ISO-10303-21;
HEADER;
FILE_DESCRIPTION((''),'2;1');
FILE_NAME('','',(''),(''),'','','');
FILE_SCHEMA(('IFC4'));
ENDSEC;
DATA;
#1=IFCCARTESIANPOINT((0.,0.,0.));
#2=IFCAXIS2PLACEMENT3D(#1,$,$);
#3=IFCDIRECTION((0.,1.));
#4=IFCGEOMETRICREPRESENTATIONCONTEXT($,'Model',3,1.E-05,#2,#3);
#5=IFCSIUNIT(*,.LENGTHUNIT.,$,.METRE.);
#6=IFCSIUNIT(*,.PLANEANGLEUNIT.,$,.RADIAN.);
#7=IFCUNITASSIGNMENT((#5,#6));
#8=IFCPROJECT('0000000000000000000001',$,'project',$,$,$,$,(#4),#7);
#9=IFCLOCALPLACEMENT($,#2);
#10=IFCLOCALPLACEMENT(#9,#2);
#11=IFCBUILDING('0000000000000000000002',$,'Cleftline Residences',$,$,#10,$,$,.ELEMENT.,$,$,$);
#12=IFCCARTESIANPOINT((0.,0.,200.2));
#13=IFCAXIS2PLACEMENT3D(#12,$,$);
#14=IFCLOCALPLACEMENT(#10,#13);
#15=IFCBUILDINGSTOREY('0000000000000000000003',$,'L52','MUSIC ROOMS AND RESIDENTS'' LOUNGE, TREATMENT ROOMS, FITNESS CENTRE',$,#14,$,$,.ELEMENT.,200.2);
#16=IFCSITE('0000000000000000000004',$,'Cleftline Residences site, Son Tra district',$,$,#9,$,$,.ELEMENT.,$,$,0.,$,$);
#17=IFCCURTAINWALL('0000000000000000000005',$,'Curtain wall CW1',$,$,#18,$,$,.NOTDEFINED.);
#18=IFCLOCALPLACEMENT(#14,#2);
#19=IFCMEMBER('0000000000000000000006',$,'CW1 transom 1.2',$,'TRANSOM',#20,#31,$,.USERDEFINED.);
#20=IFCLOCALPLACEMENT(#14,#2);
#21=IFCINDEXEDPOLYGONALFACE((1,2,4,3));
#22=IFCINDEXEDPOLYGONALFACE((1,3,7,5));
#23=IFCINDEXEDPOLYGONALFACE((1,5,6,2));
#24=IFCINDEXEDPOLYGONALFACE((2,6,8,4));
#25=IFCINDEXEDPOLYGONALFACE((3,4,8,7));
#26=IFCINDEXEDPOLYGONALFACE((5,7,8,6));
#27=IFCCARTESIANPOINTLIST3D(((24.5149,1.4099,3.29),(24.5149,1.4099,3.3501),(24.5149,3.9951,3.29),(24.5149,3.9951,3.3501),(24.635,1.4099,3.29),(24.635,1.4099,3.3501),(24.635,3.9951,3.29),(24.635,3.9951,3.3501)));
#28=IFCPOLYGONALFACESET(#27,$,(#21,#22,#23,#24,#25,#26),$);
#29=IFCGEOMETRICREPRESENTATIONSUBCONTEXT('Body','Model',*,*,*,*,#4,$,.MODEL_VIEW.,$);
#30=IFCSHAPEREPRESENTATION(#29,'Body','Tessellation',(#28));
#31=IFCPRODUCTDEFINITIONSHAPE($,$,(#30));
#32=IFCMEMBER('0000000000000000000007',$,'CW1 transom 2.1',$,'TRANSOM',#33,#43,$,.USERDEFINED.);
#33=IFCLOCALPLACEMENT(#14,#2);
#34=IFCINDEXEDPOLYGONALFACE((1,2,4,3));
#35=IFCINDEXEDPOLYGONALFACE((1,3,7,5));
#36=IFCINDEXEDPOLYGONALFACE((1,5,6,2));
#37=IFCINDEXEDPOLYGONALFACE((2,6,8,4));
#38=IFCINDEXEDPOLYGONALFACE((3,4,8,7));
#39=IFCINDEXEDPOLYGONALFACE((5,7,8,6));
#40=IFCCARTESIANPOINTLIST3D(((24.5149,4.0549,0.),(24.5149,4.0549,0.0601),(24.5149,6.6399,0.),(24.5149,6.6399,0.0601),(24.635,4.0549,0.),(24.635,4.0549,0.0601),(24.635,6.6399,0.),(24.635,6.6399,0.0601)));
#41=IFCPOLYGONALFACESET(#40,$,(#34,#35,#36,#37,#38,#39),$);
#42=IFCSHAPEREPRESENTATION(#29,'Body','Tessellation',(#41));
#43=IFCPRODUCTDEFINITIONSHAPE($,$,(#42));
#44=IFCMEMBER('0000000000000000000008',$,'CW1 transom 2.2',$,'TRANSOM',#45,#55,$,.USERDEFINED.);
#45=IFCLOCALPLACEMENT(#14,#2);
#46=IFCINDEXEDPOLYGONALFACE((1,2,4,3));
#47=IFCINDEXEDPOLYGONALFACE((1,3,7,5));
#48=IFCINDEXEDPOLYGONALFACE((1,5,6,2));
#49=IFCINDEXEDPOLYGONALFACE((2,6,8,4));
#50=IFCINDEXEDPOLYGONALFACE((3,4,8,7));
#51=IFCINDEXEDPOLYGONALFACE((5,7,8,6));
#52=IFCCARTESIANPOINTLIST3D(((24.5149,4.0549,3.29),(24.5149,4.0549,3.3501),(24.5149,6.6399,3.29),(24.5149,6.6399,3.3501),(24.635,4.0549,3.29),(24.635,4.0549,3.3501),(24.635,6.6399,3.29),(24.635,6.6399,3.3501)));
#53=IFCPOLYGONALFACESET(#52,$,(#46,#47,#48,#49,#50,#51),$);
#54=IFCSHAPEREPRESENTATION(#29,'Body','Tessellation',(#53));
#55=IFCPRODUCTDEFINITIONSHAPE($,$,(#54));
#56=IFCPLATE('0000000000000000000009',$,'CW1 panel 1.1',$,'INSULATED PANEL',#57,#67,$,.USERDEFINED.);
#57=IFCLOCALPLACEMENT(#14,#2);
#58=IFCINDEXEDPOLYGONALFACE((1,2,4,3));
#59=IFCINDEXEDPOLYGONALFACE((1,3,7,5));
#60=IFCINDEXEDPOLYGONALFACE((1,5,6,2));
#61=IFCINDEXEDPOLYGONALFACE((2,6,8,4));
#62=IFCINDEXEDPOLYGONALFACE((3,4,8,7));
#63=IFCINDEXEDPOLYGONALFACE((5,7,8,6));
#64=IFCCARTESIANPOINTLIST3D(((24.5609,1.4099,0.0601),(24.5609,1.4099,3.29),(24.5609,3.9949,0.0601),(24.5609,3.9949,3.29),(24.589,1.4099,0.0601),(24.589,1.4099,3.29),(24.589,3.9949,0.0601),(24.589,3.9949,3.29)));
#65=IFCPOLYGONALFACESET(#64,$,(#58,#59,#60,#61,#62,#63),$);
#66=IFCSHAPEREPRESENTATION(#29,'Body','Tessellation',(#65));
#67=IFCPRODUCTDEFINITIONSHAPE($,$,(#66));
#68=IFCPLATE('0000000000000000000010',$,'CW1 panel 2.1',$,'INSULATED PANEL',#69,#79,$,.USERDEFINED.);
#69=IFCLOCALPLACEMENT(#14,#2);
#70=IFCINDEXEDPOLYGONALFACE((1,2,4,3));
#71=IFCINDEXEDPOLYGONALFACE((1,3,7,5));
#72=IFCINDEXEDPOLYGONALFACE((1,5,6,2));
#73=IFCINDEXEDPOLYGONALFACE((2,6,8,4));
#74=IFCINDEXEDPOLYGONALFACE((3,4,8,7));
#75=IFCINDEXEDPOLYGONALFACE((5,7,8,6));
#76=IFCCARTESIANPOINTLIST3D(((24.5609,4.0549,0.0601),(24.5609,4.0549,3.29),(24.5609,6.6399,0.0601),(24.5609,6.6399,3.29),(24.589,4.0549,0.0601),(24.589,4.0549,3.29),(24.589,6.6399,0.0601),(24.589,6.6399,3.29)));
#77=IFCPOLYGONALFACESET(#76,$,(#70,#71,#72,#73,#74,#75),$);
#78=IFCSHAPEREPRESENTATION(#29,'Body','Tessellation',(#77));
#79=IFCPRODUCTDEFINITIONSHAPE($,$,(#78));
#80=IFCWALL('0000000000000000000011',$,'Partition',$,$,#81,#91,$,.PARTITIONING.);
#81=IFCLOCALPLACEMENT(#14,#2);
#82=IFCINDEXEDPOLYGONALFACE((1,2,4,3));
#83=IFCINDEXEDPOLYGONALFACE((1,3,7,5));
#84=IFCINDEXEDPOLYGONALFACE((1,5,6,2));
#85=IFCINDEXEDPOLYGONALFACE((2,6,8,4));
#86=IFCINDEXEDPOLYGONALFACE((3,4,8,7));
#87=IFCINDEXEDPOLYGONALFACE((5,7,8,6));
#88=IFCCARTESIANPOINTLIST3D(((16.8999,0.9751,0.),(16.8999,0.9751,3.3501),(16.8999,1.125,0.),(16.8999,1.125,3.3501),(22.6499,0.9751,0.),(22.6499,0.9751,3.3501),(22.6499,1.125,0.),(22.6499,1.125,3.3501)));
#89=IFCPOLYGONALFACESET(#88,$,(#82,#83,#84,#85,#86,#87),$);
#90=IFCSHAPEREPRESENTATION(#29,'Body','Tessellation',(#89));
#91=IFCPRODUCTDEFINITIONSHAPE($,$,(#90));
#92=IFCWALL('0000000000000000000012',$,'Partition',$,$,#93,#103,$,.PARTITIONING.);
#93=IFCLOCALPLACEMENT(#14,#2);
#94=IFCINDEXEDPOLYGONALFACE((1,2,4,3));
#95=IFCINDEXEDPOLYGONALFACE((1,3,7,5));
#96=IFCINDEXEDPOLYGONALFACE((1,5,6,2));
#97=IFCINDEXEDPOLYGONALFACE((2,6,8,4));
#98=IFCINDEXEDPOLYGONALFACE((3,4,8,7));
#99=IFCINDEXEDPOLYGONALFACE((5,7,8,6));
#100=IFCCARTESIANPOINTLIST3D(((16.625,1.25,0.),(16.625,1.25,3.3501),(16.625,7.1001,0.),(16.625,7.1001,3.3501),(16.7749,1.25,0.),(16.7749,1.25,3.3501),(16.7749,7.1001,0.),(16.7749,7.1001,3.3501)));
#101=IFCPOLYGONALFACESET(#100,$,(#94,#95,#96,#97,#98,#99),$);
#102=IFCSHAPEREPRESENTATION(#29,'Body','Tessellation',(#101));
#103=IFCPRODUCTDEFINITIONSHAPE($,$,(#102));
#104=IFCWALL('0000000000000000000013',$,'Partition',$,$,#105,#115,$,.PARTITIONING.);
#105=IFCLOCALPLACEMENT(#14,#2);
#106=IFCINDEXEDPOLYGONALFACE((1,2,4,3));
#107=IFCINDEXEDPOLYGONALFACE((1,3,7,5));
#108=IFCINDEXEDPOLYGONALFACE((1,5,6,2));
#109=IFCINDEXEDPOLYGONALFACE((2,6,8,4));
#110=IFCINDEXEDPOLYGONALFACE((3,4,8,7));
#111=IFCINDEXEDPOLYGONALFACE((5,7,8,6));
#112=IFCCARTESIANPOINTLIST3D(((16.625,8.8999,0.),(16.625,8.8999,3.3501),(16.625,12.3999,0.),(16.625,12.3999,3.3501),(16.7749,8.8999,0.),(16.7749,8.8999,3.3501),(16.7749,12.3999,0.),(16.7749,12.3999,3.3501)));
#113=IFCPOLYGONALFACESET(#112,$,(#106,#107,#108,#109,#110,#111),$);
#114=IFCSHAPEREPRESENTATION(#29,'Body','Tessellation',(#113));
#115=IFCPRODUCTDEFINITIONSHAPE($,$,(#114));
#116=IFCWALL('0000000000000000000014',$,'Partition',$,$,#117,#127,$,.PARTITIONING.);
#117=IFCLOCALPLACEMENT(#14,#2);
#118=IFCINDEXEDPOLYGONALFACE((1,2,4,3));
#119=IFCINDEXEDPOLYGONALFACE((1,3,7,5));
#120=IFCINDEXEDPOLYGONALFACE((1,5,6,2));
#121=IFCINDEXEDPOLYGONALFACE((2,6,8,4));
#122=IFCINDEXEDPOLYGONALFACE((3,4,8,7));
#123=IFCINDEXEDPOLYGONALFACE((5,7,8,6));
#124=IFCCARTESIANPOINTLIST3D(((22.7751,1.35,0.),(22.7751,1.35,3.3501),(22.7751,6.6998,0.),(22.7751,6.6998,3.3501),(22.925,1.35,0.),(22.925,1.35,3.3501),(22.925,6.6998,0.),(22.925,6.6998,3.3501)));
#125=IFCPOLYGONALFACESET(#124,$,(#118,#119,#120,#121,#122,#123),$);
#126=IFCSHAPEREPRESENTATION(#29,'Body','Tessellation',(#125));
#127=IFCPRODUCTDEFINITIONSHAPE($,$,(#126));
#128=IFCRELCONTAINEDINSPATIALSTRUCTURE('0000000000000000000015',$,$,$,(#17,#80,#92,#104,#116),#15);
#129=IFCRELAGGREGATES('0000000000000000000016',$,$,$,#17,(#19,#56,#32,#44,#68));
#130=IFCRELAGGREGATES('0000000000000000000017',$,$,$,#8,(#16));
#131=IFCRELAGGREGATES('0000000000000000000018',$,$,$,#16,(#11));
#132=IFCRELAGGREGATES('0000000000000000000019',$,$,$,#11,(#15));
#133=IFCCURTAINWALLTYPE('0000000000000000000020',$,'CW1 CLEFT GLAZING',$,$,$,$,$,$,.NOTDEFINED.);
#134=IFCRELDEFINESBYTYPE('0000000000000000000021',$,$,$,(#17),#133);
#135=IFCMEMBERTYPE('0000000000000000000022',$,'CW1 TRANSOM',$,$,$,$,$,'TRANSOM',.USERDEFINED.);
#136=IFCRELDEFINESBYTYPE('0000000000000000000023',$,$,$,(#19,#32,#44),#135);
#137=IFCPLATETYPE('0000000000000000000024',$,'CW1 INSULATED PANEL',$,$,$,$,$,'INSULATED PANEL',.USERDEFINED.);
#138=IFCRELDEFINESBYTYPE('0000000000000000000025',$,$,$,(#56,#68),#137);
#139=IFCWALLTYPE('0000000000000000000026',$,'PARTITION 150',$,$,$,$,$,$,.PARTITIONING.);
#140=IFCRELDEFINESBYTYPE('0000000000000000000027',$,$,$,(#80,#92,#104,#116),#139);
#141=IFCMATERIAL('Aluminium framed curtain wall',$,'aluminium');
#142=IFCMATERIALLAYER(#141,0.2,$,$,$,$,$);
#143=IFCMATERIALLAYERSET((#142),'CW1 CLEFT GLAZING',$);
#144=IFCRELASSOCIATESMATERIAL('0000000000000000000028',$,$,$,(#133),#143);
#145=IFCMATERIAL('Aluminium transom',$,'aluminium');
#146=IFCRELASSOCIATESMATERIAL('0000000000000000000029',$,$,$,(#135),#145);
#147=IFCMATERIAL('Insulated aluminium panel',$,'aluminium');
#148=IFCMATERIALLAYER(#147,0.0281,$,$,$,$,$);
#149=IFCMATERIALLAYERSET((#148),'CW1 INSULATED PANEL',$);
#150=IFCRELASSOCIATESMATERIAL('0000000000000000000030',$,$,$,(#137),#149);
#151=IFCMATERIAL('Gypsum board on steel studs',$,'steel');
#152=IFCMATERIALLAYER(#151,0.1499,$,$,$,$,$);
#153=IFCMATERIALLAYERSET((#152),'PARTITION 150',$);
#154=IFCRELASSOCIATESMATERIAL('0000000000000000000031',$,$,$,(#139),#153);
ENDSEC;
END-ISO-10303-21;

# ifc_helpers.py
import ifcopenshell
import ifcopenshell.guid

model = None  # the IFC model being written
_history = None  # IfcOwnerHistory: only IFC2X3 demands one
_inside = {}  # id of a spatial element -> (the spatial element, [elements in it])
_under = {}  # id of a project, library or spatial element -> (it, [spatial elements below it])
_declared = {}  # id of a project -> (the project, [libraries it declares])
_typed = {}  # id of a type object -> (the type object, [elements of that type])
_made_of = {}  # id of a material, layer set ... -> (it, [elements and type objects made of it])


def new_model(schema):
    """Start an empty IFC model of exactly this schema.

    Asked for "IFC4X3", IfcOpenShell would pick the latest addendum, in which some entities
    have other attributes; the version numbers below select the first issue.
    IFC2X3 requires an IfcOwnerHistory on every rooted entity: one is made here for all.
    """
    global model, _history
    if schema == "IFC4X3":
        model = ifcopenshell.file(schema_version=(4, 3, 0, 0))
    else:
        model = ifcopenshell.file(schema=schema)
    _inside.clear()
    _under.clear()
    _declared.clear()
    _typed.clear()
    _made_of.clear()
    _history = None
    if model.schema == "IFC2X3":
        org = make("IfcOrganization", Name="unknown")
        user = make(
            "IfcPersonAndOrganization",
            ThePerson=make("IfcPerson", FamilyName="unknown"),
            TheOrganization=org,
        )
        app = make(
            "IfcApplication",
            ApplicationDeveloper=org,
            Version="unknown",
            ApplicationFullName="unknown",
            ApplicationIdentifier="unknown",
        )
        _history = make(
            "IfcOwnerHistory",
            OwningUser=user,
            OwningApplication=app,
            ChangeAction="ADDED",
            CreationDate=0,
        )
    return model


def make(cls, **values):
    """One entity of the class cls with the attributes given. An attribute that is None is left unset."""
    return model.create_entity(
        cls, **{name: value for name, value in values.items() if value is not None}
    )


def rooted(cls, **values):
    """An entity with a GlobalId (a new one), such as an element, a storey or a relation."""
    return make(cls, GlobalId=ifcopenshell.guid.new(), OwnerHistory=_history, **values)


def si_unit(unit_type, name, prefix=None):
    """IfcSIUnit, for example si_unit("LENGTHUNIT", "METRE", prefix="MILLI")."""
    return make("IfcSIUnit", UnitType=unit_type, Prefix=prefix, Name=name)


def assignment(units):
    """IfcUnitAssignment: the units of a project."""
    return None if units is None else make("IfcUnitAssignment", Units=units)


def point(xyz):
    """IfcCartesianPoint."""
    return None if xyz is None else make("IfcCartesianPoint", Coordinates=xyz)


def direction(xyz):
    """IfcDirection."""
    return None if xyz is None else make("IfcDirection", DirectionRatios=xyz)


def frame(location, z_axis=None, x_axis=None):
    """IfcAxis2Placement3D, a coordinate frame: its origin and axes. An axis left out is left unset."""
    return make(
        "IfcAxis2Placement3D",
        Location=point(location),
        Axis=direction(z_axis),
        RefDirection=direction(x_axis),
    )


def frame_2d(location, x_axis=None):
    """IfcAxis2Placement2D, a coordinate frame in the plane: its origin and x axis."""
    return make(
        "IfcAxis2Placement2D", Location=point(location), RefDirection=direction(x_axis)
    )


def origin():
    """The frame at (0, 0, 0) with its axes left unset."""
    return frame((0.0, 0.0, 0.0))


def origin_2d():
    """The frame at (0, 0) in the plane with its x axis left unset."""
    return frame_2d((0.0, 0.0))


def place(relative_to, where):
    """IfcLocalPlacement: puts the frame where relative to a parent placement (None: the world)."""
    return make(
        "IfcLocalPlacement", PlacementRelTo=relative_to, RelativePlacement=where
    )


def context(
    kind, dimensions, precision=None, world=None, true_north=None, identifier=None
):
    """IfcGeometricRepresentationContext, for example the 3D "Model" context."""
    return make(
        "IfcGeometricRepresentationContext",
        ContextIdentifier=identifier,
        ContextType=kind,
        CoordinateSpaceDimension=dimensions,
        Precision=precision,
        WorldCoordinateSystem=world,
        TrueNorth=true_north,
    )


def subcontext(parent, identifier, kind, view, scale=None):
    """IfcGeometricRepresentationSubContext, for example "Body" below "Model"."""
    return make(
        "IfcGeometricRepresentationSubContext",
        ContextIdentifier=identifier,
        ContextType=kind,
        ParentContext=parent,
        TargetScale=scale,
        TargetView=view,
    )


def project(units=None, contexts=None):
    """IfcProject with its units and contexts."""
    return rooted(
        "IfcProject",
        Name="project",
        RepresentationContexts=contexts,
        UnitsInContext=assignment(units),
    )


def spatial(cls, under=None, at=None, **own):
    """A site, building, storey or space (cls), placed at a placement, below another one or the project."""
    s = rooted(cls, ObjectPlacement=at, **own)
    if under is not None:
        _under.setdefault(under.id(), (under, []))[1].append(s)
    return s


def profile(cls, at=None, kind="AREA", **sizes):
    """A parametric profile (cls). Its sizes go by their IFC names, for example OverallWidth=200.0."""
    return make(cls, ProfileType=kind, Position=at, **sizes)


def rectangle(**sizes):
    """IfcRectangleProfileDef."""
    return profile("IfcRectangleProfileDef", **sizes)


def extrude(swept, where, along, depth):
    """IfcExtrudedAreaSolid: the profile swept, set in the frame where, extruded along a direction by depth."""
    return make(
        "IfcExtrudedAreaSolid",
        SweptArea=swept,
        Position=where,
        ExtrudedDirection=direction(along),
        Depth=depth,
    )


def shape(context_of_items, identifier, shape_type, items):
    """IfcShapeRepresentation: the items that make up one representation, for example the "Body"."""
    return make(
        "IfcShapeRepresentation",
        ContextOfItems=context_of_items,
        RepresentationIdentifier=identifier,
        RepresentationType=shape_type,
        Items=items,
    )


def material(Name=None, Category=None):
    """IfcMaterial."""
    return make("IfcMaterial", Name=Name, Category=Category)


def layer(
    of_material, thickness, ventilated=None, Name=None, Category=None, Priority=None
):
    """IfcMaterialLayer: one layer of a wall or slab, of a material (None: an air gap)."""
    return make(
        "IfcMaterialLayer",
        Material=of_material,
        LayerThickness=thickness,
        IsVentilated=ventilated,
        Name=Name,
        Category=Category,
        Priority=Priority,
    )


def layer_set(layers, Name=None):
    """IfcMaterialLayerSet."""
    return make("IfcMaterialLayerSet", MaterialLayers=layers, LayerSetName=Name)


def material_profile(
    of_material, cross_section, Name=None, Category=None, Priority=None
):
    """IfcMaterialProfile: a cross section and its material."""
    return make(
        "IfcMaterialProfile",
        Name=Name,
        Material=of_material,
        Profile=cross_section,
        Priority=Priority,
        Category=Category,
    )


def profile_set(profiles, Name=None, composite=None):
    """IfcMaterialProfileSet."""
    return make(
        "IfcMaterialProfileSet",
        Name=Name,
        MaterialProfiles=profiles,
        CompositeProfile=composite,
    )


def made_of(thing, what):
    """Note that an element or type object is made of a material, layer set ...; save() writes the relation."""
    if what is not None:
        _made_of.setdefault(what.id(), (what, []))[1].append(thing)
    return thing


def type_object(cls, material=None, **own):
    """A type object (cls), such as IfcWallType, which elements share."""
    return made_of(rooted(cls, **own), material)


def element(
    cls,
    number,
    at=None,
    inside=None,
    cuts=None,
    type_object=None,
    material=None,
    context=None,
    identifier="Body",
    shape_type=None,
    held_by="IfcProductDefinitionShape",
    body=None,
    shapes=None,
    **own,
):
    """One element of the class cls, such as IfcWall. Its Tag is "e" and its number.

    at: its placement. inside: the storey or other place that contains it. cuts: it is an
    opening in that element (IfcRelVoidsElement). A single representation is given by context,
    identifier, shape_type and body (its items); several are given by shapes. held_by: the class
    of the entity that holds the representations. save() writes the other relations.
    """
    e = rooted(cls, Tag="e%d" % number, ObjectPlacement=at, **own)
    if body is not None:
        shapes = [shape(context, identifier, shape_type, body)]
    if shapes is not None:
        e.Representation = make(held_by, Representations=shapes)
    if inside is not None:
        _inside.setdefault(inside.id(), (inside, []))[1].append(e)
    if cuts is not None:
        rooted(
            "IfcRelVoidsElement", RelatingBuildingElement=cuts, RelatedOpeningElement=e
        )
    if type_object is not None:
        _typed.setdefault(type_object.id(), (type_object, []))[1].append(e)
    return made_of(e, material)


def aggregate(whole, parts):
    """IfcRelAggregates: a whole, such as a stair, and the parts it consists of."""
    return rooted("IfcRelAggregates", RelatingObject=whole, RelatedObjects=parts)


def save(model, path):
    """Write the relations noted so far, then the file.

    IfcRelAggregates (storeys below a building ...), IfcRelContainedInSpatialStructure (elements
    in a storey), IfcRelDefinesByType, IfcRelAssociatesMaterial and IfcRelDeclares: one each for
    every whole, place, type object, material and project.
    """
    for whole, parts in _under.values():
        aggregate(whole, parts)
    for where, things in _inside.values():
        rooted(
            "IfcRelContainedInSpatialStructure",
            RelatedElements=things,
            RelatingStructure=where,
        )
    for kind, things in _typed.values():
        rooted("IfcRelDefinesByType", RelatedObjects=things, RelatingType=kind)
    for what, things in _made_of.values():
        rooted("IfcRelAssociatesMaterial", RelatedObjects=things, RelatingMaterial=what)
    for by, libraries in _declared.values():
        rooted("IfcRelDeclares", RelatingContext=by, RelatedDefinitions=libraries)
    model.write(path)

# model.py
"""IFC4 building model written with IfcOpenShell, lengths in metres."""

from ifc_helpers import new_model, si_unit, direction, frame, frame_2d, origin, origin_2d, place, context, subcontext, project, spatial, rectangle, extrude, material, layer, layer_set, material_profile, profile_set, type_object, element, aggregate, save


model = new_model("IFC4")

# Units and contexts
model_context = context("Model", 3, precision=1e-05, world=origin(), true_north=direction((0.0, 1.0)))
body_context = subcontext(model_context, "Body", "Model", "MODEL_VIEW")
ifc_project = project(units=[si_unit("LENGTHUNIT", "METRE"), si_unit("PLANEANGLEUNIT", "RADIAN")], contexts=[model_context])

# Site, building, storey
site_placement = place(None, origin())
site = spatial("IfcSite", under=ifc_project, at=site_placement, Name="Cleftline Residences site, Son Tra district", CompositionType="ELEMENT", RefElevation=0.0)
building_placement = place(site_placement, origin())
building = spatial("IfcBuilding", under=site, at=building_placement, Name="Cleftline Residences", CompositionType="ELEMENT")
storey_placement = place(building_placement, frame((0.0, 0.0, 200.2)))
storey = spatial("IfcBuildingStorey", under=building, at=storey_placement, Name="L52", Description="MUSIC ROOMS AND RESIDENTS' LOUNGE, TREATMENT ROOMS, FITNESS CENTRE", CompositionType="ELEMENT", Elevation=200.2)

# Curtain wall, members, plates
ifc_material_1 = material(Name="Aluminium framed curtain wall", Category="aluminium")
ifc_layer_1 = layer(ifc_material_1, 0.2)
ifc_layer_set_1 = layer_set([ifc_layer_1], Name="CW1 CLEFT GLAZING")
curtain_wall_type = type_object("IfcCurtainWallType", Name="CW1 CLEFT GLAZING", PredefinedType="NOTDEFINED", material=ifc_layer_set_1)
curtain_wall_placement = place(storey_placement, origin())
curtain_wall = element("IfcCurtainWall", 1, at=curtain_wall_placement, inside=storey, type_object=curtain_wall_type, Name="Curtain wall CW1", PredefinedType="NOTDEFINED")
ifc_material_2 = material(Name="Aluminium transom", Category="aluminium")
ifc_material_profile_1 = material_profile(ifc_material_2, rectangle(XDim=0.1201, YDim=0.0601, at=origin_2d()))
ifc_profile_set_1 = profile_set([ifc_material_profile_1], Name="Aluminium transom")
member_type_1 = type_object("IfcMemberType", Name="CW1 TRANSOM", ElementType="TRANSOM", PredefinedType="USERDEFINED", material=ifc_profile_set_1)
member_1_placement = place(storey_placement, frame((24.575, 1.4099, 3.3201), z_axis=(0.0, 1.0, 0.0), x_axis=(-1.0, 0.0, 0.0)))
member_1 = element("IfcMember", 2, at=member_1_placement, type_object=member_type_1, Name="CW1 transom 1.2", ObjectType="TRANSOM", PredefinedType="USERDEFINED", context=body_context, shape_type="SweptSolid", body=[
    extrude(rectangle(XDim=0.1201, YDim=0.0601, at=origin_2d()), origin(), (0.0, 0.0, 1.0), 2.5852),
])
member_2_placement = place(storey_placement, frame((24.575, 4.0549, 0.03), z_axis=(0.0, 1.0, 0.0), x_axis=(-1.0, 0.0, 0.0)))
member_2 = element("IfcMember", 3, at=member_2_placement, type_object=member_type_1, Name="CW1 transom 2.1", ObjectType="TRANSOM", PredefinedType="USERDEFINED", context=body_context, shape_type="SweptSolid", body=[
    extrude(rectangle(XDim=0.1201, YDim=0.0601, at=origin_2d()), origin(), (0.0, 0.0, 1.0), 2.585),
])
member_3_placement = place(storey_placement, frame((24.575, 4.0549, 3.3201), z_axis=(0.0, 1.0, 0.0), x_axis=(-1.0, 0.0, 0.0)))
member_3 = element("IfcMember", 4, at=member_3_placement, type_object=member_type_1, Name="CW1 transom 2.2", ObjectType="TRANSOM", PredefinedType="USERDEFINED", context=body_context, shape_type="SweptSolid", body=[
    extrude(rectangle(XDim=0.1201, YDim=0.0601, at=origin_2d()), origin(), (0.0, 0.0, 1.0), 2.585),
])
ifc_material_3 = material(Name="Insulated aluminium panel", Category="aluminium")
ifc_layer_2 = layer(ifc_material_3, 0.0281)
ifc_layer_set_2 = layer_set([ifc_layer_2], Name="CW1 INSULATED PANEL")
plate_type = type_object("IfcPlateType", Name="CW1 INSULATED PANEL", ElementType="INSULATED PANEL", PredefinedType="USERDEFINED", material=ifc_layer_set_2)
plate_1_placement = place(storey_placement, frame((24.575, 2.7024, 0.0601), z_axis=(0.0, 0.0, 1.0), x_axis=(0.0, 1.0, 0.0)))
plate_1 = element("IfcPlate", 5, at=plate_1_placement, type_object=plate_type, Name="CW1 panel 1.1", ObjectType="INSULATED PANEL", PredefinedType="USERDEFINED", context=body_context, shape_type="SweptSolid", body=[
    extrude(rectangle(XDim=2.585, YDim=0.0281, at=origin_2d()), origin(), (0.0, 0.0, 1.0), 3.23),
])
plate_2_placement = place(storey_placement, frame((24.575, 5.3474, 0.0601), z_axis=(0.0, 0.0, 1.0), x_axis=(0.0, 1.0, 0.0)))
plate_2 = element("IfcPlate", 6, at=plate_2_placement, type_object=plate_type, Name="CW1 panel 2.1", ObjectType="INSULATED PANEL", PredefinedType="USERDEFINED", context=body_context, shape_type="SweptSolid", body=[
    extrude(rectangle(XDim=2.585, YDim=0.0281, at=origin_2d()), origin(), (0.0, 0.0, 1.0), 3.23),
])
aggregate(curtain_wall, [member_1, plate_1, member_2, member_3, plate_2])

# Walls
ifc_material_4 = material(Name="Gypsum board on steel studs", Category="steel")
ifc_layer_3 = layer(ifc_material_4, 0.1499)
ifc_layer_set_3 = layer_set([ifc_layer_3], Name="PARTITION 150")
wall_type = type_object("IfcWallType", Name="PARTITION 150", PredefinedType="PARTITIONING", material=ifc_layer_set_3)
wall_1_placement = place(storey_placement, frame((16.8999, 1.05, 0.0), z_axis=(0.0, 0.0, 1.0), x_axis=(1.0, 0.0, 0.0)))
element("IfcWall", 7, at=wall_1_placement, inside=storey, type_object=wall_type, Name="Partition", PredefinedType="PARTITIONING", context=body_context, shape_type="SweptSolid", body=[
    extrude(rectangle(XDim=5.75, YDim=0.1499, at=frame_2d((2.875, 0.0))), origin(), (0.0, 0.0, 1.0), 3.3501),
])
wall_2_placement = place(storey_placement, frame((16.7, 1.25, 0.0), z_axis=(0.0, 0.0, 1.0), x_axis=(0.0, 1.0, 0.0)))
element("IfcWall", 8, at=wall_2_placement, inside=storey, type_object=wall_type, Name="Partition", PredefinedType="PARTITIONING", context=body_context, shape_type="SweptSolid", body=[
    extrude(rectangle(XDim=5.8501, YDim=0.1499, at=frame_2d((2.925, 0.0))), origin(), (0.0, 0.0, 1.0), 3.3501),
])
wall_3_placement = place(storey_placement, frame((16.7, 8.8999, 0.0), z_axis=(0.0, 0.0, 1.0), x_axis=(0.0, 1.0, 0.0)))
element("IfcWall", 9, at=wall_3_placement, inside=storey, type_object=wall_type, Name="Partition", PredefinedType="PARTITIONING", context=body_context, shape_type="SweptSolid", body=[
    extrude(rectangle(XDim=3.5, YDim=0.1499, at=frame_2d((1.75, 0.0))), origin(), (0.0, 0.0, 1.0), 3.3501),
])
wall_4_placement = place(storey_placement, frame((22.8501, 1.3501, 0.0), z_axis=(0.0, 0.0, 1.0), x_axis=(0.0, 1.0, 0.0)))
element("IfcWall", 10, at=wall_4_placement, inside=storey, type_object=wall_type, Name="Partition", PredefinedType="PARTITIONING", context=body_context, shape_type="SweptSolid", body=[
    extrude(rectangle(XDim=5.3499, YDim=0.1499, at=frame_2d((2.6748, 0.0))), origin(), (0.0, 0.0, 1.0), 3.3501),
])

save(model, "model.ifc")
